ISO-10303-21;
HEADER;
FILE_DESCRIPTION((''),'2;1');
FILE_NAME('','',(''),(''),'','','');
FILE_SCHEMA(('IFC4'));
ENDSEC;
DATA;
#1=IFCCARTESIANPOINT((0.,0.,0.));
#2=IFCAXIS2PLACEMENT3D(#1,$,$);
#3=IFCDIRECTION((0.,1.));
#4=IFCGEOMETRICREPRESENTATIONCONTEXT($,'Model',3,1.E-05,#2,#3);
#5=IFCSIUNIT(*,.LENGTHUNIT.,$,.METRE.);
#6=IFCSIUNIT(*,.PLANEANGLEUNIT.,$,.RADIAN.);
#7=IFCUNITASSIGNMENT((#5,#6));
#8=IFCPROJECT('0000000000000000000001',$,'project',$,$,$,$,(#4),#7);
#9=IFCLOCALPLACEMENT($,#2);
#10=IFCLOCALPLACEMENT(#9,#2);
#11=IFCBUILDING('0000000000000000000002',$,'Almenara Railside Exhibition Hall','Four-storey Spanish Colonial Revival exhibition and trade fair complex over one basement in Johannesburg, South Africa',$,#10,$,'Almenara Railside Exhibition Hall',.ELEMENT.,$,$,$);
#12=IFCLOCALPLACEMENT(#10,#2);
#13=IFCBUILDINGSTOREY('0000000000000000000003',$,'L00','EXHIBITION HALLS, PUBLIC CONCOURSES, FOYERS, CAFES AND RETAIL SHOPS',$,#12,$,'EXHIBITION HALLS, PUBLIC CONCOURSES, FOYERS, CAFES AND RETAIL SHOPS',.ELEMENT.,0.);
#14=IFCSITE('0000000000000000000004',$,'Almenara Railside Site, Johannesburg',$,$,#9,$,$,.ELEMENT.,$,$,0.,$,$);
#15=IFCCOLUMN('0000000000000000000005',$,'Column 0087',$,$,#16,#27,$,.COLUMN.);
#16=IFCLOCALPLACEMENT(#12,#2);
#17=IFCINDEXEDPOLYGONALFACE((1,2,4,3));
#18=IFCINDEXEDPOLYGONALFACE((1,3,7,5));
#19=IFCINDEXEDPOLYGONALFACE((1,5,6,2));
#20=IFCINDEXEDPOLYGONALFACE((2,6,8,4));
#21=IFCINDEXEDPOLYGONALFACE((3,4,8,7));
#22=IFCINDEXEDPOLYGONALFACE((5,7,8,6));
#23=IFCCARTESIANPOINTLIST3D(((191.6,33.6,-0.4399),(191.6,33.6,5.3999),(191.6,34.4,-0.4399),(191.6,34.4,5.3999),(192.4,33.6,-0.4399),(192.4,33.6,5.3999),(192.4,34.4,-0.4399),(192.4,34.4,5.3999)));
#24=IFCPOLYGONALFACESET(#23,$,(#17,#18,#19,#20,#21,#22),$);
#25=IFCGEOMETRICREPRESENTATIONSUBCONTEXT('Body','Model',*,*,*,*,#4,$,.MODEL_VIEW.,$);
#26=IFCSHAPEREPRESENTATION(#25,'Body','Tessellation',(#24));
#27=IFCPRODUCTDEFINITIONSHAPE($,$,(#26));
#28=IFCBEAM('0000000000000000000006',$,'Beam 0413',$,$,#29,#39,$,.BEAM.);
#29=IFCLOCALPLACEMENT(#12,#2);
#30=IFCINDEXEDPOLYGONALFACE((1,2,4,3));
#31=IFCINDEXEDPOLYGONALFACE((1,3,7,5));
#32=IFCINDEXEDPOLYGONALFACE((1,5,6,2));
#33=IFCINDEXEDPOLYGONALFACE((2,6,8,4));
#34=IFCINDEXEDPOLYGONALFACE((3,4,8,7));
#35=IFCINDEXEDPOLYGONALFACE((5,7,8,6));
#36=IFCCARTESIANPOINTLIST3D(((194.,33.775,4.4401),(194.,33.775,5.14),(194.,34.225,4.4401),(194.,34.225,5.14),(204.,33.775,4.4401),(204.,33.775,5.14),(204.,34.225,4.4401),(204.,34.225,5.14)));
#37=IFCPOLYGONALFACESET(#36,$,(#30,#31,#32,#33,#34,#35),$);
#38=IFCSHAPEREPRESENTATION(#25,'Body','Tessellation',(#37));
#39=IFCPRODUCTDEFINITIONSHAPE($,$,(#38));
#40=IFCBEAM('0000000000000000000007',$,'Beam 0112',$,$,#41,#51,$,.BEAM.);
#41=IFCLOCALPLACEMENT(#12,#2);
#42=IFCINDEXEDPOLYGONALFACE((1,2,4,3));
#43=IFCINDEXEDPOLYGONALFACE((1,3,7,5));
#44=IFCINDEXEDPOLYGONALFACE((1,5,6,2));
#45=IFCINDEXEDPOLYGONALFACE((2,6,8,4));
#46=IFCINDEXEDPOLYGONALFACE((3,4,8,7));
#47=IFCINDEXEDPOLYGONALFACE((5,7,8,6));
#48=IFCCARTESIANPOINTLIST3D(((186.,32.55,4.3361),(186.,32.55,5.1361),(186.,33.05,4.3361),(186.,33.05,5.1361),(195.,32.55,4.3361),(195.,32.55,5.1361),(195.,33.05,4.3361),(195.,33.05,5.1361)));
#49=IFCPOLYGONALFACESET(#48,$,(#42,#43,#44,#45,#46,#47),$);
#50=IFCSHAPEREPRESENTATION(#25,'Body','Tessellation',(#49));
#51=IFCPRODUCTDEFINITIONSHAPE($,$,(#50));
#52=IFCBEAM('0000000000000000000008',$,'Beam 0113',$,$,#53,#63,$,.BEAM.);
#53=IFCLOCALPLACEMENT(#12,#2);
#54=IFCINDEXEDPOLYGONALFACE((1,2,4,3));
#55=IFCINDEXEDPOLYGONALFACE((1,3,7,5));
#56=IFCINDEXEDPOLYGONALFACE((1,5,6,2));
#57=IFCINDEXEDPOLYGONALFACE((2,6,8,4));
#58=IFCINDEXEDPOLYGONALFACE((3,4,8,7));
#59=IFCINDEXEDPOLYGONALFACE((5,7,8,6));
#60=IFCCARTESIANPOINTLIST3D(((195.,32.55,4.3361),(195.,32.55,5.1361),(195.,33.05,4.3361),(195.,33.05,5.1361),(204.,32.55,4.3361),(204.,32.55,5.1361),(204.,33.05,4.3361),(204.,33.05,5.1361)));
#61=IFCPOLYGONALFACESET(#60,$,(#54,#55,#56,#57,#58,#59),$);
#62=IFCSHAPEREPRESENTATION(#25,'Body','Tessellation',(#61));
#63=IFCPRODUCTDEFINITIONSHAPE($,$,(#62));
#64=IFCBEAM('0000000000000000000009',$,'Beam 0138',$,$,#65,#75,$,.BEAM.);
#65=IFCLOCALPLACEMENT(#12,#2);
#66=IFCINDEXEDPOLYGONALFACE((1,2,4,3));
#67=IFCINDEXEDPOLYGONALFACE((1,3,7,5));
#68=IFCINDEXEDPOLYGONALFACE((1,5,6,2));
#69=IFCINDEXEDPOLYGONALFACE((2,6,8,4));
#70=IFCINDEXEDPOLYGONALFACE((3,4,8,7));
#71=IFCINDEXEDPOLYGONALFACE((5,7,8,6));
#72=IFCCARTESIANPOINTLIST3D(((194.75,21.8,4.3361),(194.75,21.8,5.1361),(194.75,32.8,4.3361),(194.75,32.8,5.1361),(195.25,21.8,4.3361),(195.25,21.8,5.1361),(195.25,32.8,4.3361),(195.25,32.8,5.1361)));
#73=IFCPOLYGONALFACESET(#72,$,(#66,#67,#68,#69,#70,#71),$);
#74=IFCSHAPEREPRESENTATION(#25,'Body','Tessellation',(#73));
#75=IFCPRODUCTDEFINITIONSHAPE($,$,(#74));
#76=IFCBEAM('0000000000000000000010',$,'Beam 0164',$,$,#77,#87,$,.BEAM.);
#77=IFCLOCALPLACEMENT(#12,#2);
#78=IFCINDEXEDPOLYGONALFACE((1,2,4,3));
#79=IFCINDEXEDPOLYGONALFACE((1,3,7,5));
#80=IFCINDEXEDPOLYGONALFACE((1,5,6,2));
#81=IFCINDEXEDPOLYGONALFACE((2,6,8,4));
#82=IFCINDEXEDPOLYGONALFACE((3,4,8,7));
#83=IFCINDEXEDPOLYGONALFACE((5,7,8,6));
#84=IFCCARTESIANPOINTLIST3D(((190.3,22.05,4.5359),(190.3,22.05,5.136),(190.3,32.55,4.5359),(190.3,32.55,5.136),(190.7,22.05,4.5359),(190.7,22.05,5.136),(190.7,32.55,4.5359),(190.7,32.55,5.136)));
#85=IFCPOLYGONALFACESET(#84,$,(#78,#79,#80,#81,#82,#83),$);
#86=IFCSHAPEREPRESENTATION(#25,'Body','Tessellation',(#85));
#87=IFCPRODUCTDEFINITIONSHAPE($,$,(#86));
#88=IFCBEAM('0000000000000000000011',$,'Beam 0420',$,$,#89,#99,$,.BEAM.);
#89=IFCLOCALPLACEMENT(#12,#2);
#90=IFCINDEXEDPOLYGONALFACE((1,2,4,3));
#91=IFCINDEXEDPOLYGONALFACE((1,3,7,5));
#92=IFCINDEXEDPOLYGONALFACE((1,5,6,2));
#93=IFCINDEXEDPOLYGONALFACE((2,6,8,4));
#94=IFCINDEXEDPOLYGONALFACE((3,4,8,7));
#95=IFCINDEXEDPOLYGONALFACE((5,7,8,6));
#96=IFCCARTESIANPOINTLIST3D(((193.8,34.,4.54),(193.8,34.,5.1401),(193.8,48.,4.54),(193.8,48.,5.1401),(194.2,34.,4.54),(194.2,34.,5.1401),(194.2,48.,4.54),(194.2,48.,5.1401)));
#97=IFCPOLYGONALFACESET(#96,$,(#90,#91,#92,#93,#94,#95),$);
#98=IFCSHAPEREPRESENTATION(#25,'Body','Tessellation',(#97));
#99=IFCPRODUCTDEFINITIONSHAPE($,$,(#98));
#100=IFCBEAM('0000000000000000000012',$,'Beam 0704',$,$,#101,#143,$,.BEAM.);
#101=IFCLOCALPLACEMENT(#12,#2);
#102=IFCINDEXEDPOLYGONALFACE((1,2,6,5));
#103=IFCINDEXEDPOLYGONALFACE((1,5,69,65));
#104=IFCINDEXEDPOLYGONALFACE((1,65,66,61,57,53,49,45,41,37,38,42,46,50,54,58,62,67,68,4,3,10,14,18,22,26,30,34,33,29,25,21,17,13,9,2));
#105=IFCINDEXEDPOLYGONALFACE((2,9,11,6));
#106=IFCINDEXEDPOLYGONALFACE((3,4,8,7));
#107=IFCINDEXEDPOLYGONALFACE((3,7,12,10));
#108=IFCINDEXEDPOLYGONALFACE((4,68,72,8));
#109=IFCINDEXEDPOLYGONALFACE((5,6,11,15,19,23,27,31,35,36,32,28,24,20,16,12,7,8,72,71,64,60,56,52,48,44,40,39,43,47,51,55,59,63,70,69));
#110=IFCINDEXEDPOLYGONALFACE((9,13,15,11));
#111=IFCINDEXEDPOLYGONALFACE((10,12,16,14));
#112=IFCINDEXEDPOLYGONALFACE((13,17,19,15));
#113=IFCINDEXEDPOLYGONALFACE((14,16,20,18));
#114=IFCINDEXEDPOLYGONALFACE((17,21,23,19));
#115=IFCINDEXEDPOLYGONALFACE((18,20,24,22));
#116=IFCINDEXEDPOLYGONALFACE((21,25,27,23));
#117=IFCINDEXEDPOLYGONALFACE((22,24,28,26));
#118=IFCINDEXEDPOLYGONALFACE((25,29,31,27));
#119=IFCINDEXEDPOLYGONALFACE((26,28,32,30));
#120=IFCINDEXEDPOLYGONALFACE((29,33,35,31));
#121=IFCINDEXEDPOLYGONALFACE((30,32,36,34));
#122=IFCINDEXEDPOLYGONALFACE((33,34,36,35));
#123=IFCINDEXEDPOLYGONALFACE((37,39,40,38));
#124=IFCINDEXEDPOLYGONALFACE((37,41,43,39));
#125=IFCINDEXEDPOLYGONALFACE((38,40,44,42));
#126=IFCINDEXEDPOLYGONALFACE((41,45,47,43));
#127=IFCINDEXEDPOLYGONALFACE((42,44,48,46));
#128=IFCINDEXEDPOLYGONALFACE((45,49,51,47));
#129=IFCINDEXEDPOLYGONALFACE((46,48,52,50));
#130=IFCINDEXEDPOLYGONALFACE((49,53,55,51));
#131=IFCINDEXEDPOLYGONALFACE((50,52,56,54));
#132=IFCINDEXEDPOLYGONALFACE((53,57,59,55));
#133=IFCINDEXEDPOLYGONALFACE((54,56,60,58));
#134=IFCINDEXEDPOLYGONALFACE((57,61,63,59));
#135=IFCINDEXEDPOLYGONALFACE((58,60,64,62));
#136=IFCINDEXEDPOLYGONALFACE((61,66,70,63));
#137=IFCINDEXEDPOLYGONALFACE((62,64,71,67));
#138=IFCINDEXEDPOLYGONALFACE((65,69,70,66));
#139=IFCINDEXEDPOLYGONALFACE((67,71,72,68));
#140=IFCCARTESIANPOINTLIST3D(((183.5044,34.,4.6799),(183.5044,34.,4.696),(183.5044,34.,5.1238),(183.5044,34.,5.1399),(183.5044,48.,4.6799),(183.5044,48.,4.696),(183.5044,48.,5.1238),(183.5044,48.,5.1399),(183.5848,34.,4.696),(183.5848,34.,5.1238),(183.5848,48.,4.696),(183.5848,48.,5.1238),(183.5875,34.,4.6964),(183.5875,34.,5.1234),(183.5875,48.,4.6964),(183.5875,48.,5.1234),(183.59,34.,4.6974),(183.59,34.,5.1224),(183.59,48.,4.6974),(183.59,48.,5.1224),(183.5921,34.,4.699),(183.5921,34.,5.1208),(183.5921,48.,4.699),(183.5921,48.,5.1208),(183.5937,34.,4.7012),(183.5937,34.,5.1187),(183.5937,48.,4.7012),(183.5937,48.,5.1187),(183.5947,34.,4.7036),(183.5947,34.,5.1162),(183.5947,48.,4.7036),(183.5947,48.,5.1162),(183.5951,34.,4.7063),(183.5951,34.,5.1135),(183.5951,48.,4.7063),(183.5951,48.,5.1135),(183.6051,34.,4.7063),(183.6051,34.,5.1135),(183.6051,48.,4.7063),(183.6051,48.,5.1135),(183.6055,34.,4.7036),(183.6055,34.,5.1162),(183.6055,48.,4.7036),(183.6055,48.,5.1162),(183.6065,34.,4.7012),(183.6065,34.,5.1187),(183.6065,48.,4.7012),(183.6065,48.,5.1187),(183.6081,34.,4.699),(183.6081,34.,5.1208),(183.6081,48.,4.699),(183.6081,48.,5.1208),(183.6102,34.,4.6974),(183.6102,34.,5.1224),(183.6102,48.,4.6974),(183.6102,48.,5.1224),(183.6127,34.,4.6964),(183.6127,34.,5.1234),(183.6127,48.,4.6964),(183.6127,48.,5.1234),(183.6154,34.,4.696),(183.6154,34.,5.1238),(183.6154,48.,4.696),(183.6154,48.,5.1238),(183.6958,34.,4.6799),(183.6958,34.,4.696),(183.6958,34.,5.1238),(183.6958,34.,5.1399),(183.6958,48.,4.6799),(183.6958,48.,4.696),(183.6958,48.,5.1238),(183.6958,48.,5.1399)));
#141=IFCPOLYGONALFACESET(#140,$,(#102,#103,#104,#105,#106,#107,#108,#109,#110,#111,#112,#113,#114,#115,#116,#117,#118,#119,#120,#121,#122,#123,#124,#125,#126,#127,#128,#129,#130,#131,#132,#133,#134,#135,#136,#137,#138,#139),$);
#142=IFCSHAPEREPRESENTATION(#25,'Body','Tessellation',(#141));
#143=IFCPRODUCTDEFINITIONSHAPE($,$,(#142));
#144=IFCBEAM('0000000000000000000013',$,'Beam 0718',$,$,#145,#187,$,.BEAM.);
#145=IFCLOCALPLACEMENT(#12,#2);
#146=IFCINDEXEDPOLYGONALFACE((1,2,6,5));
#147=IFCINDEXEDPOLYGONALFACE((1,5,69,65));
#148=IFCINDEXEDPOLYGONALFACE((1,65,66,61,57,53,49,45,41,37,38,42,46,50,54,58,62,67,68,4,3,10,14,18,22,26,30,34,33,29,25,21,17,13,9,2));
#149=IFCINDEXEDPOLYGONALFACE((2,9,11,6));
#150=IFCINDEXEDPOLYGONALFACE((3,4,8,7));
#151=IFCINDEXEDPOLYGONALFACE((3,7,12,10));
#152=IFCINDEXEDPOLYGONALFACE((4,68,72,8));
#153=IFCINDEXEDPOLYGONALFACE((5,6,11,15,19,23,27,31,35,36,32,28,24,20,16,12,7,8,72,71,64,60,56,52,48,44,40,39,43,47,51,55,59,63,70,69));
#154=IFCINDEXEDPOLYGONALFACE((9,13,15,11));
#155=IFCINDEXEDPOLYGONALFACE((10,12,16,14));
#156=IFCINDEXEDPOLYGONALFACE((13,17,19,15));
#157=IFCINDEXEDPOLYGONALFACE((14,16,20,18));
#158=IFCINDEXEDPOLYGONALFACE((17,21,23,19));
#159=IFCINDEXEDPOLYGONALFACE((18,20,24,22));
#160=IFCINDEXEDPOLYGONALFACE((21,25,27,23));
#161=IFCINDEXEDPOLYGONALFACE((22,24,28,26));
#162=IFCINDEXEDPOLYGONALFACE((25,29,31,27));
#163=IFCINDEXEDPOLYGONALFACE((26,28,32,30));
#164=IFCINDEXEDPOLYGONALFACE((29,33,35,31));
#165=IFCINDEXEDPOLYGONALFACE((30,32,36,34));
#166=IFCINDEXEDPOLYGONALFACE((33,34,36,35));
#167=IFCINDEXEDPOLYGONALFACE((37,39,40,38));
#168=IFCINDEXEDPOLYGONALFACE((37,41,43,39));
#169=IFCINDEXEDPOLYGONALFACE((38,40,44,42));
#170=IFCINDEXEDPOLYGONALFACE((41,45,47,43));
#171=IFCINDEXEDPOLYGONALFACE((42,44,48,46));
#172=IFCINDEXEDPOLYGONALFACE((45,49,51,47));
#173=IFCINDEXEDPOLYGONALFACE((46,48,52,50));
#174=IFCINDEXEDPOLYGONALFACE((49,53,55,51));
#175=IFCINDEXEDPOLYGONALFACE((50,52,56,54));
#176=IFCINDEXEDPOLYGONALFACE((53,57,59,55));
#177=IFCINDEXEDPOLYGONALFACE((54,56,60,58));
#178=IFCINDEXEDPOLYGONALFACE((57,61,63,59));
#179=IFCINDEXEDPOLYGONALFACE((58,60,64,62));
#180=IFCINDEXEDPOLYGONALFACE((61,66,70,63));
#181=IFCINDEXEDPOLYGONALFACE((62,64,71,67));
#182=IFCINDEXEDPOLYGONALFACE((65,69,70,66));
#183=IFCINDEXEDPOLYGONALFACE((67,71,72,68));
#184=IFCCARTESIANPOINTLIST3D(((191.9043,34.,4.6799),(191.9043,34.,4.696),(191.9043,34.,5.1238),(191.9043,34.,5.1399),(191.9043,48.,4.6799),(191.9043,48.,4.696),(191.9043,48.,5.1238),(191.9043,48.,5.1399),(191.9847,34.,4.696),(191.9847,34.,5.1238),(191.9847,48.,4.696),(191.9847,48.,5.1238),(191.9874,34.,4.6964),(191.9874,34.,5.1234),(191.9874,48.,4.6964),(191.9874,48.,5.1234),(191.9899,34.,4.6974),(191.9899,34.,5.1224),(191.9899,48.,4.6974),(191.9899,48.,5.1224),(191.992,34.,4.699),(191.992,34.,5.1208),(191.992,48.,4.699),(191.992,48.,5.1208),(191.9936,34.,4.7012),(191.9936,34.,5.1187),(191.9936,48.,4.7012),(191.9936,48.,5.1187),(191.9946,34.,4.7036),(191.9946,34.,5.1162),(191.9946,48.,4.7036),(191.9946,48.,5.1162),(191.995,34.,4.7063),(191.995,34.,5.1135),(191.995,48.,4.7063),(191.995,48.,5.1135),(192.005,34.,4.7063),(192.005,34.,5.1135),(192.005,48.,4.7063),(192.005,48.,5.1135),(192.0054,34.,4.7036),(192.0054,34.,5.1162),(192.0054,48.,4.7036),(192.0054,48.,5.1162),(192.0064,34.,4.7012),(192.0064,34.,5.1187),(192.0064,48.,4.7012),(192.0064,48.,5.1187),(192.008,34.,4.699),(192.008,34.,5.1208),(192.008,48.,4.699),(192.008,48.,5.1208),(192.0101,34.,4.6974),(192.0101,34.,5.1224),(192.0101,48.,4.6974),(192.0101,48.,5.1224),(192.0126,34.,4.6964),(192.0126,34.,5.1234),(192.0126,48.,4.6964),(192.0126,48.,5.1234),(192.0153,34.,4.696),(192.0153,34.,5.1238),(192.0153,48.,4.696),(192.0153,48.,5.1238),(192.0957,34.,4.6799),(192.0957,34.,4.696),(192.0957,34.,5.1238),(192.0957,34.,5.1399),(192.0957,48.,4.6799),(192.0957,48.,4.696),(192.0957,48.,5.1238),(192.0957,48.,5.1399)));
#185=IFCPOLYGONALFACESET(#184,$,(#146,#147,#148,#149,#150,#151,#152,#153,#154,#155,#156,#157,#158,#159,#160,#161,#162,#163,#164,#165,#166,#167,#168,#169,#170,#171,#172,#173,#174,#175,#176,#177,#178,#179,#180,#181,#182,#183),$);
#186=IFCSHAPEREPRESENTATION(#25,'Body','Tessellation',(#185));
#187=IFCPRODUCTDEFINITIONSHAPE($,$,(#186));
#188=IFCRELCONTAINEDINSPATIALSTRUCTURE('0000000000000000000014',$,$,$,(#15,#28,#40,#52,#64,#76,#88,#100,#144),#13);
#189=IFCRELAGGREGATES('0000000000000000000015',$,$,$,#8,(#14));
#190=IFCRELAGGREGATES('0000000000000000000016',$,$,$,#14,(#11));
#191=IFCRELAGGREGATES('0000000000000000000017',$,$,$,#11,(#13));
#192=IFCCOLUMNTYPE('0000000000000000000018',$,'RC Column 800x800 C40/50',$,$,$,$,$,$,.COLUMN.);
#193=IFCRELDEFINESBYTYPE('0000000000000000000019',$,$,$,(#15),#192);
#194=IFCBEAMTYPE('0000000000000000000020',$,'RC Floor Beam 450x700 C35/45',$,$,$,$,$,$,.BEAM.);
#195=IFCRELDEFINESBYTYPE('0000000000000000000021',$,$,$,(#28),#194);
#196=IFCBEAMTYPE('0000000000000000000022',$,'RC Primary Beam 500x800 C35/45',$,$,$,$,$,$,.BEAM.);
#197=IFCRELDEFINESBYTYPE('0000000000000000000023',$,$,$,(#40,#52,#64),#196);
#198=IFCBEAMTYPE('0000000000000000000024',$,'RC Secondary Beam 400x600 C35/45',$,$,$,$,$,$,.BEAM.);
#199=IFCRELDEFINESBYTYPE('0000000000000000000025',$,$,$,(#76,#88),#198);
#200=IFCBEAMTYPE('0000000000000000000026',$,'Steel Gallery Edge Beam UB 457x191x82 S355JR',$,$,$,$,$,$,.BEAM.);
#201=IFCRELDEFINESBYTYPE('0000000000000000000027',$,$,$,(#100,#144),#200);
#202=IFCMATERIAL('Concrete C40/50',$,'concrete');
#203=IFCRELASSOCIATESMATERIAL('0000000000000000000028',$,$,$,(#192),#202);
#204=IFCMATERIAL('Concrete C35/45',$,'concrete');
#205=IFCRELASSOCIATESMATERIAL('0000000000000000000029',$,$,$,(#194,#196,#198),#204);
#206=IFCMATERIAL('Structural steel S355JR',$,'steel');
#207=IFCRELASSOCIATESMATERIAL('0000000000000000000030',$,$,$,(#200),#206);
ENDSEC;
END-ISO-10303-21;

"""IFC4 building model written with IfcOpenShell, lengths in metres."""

from ifc_helpers import new_model, si_unit, direction, frame, origin, origin_2d, place, context, subcontext, project, spatial, rectangle, i_section, extrude, material, material_profile, profile_set, type_object, element, save


model = new_model("IFC4")

# Units and contexts
model_context = context("Model", 3, precision=1e-05, world=origin(), true_north=direction((0.0, 1.0)))
body_context = subcontext(model_context, "Body", "Model", "MODEL_VIEW")
ifc_project = project(units=[si_unit("LENGTHUNIT", "METRE"), si_unit("PLANEANGLEUNIT", "RADIAN")], contexts=[model_context])

# Site, building, storey
site_placement = place(None, origin())
site = spatial("IfcSite", under=ifc_project, at=site_placement, Name="Almenara Railside Site, Johannesburg", CompositionType="ELEMENT", RefElevation=0.0)
building_placement = place(site_placement, origin())
building = spatial("IfcBuilding", under=site, at=building_placement, Name="Almenara Railside Exhibition Hall", Description="Four-storey Spanish Colonial Revival exhibition and trade fair complex over one basement in Johannesburg, South Africa", LongName="Almenara Railside Exhibition Hall", CompositionType="ELEMENT")
storey_placement = place(building_placement, origin())
storey = spatial("IfcBuildingStorey", under=building, at=storey_placement, Name="L00", Description="EXHIBITION HALLS, PUBLIC CONCOURSES, FOYERS, CAFES AND RETAIL SHOPS", LongName="EXHIBITION HALLS, PUBLIC CONCOURSES, FOYERS, CAFES AND RETAIL SHOPS", CompositionType="ELEMENT", Elevation=0.0)

# Shared definitions
ifc_material_1 = material(Name="Concrete C40/50", Category="concrete")

# Column
ifc_material_2 = material(Name="Concrete C35/45", Category="concrete")
ifc_material_profile_1 = material_profile(ifc_material_1, rectangle(XDim=0.8, YDim=0.8, at=origin_2d()), Name="RC 800x800")
ifc_profile_set_1 = profile_set([ifc_material_profile_1], Name="Concrete C40/50")
column_type_1 = type_object("IfcColumnType", Name="RC Column 800x800 C40/50", PredefinedType="COLUMN", material=ifc_profile_set_1)
column_1_placement = place(storey_placement, frame((192.0, 34.0, -0.4399), z_axis=(0.0, 0.0, 1.0), x_axis=(1.0, 0.0, 0.0)))
element("IfcColumn", 1, at=column_1_placement, inside=storey, type_object=column_type_1, Name="Column 0087", PredefinedType="COLUMN", context=body_context, shape_type="SweptSolid", body=[
    extrude(rectangle(XDim=0.8, YDim=0.8, at=origin_2d()), origin(), (0.0, 0.0, 1.0), 5.8398),
])

# Beams
ifc_material_profile_2 = material_profile(ifc_material_2, rectangle(XDim=0.45, YDim=0.7, at=origin_2d()), Name="RC 450x700")
ifc_profile_set_2 = profile_set([ifc_material_profile_2], Name="Concrete C35/45")
beam_type_1 = type_object("IfcBeamType", Name="RC Floor Beam 450x700 C35/45", PredefinedType="BEAM", material=ifc_profile_set_2)
beam_1_placement = place(storey_placement, frame((194.0, 34.0, 4.79), z_axis=(1.0, 0.0, 0.0), x_axis=(0.0, 1.0, 0.0)))
element("IfcBeam", 2, at=beam_1_placement, inside=storey, type_object=beam_type_1, Name="Beam 0413", PredefinedType="BEAM", context=body_context, shape_type="SweptSolid", body=[
    extrude(rectangle(XDim=0.45, YDim=0.7, at=origin_2d()), origin(), (0.0, 0.0, 1.0), 10.0),
])
ifc_material_profile_3 = material_profile(ifc_material_2, rectangle(XDim=0.5, YDim=0.8, at=origin_2d()), Name="RC 500x800")
ifc_profile_set_3 = profile_set([ifc_material_profile_3], Name="Concrete C35/45")
beam_type_2 = type_object("IfcBeamType", Name="RC Primary Beam 500x800 C35/45", PredefinedType="BEAM", material=ifc_profile_set_3)
for number, where, z_axis, x_axis, name in (
    (3, (186.0, 32.8, 4.7361), (1.0, 0.0, 0.0), (0.0, 1.0, 0.0), "Beam 0112"),
    (4, (195.0, 32.8, 4.7361), (1.0, 0.0, 0.0), (0.0, 1.0, 0.0), "Beam 0113"),
):
    element("IfcBeam", number, at=place(storey_placement, frame(where, z_axis=z_axis, x_axis=x_axis)), inside=storey, type_object=beam_type_2, Name=name, PredefinedType="BEAM", context=body_context, shape_type="SweptSolid", body=[
        extrude(rectangle(XDim=0.5, YDim=0.8, at=origin_2d()), origin(), (0.0, 0.0, 1.0), 9.0),
    ])
beam_2_placement = place(storey_placement, frame((195.0, 21.8, 4.7361), z_axis=(0.0, 1.0, 0.0), x_axis=(-1.0, 0.0, 0.0)))
element("IfcBeam", 5, at=beam_2_placement, inside=storey, type_object=beam_type_2, Name="Beam 0138", PredefinedType="BEAM", context=body_context, shape_type="SweptSolid", body=[
    extrude(rectangle(XDim=0.5, YDim=0.8, at=origin_2d()), origin(), (0.0, 0.0, 1.0), 11.0),
])
ifc_material_profile_4 = material_profile(ifc_material_2, rectangle(XDim=0.3999, YDim=0.6001, at=origin_2d()), Name="RC 400x600")
ifc_profile_set_4 = profile_set([ifc_material_profile_4], Name="Concrete C35/45")
beam_type_3 = type_object("IfcBeamType", Name="RC Secondary Beam 400x600 C35/45", PredefinedType="BEAM", material=ifc_profile_set_4)
beam_3_placement = place(storey_placement, frame((190.5, 22.05, 4.8359), z_axis=(0.0, 1.0, 0.0), x_axis=(-1.0, 0.0, 0.0)))
element("IfcBeam", 6, at=beam_3_placement, inside=storey, type_object=beam_type_3, Name="Beam 0164", PredefinedType="BEAM", context=body_context, shape_type="SweptSolid", body=[
    extrude(rectangle(XDim=0.3999, YDim=0.6001, at=origin_2d()), origin(), (0.0, 0.0, 1.0), 10.5),
])
beam_4_placement = place(storey_placement, frame((194.0, 34.0, 4.8401), z_axis=(0.0, 1.0, 0.0), x_axis=(-1.0, 0.0, 0.0)))
element("IfcBeam", 7, at=beam_4_placement, inside=storey, type_object=beam_type_3, Name="Beam 0420", PredefinedType="BEAM", context=body_context, shape_type="SweptSolid", body=[
    extrude(rectangle(XDim=0.3999, YDim=0.6001, at=origin_2d()), origin(), (0.0, 0.0, 1.0), 14.0),
])
ifc_material_3 = material(Name="Structural steel S355JR", Category="steel")
ifc_material_profile_5 = material_profile(ifc_material_3, i_section(OverallWidth=0.1914, OverallDepth=0.46, WebThickness=0.01, FlangeThickness=0.0161, FilletRadius=0.0103, at=origin_2d()), Name="UB 457x191x82")
ifc_profile_set_5 = profile_set([ifc_material_profile_5], Name="Structural steel S355JR")
beam_type_4 = type_object("IfcBeamType", Name="Steel Gallery Edge Beam UB 457x191x82 S355JR", PredefinedType="BEAM", material=ifc_profile_set_5)
for number, where, z_axis, x_axis, name in (
    (8, (183.6001, 34.0, 4.9099), (0.0, 1.0, 0.0), (-1.0, 0.0, 0.0), "Beam 0704"),
    (9, (192.0, 34.0, 4.9099), (0.0, 1.0, 0.0), (-1.0, 0.0, 0.0), "Beam 0718"),
):
    element("IfcBeam", number, at=place(storey_placement, frame(where, z_axis=z_axis, x_axis=x_axis)), inside=storey, type_object=beam_type_4, Name=name, PredefinedType="BEAM", context=body_context, shape_type="SweptSolid", body=[
        extrude(i_section(OverallWidth=0.1914, OverallDepth=0.46, WebThickness=0.01, FlangeThickness=0.0161, FilletRadius=0.0103, at=origin_2d()), origin(), (0.0, 0.0, 1.0), 14.0),
    ])

save(model, "model.ifc")
